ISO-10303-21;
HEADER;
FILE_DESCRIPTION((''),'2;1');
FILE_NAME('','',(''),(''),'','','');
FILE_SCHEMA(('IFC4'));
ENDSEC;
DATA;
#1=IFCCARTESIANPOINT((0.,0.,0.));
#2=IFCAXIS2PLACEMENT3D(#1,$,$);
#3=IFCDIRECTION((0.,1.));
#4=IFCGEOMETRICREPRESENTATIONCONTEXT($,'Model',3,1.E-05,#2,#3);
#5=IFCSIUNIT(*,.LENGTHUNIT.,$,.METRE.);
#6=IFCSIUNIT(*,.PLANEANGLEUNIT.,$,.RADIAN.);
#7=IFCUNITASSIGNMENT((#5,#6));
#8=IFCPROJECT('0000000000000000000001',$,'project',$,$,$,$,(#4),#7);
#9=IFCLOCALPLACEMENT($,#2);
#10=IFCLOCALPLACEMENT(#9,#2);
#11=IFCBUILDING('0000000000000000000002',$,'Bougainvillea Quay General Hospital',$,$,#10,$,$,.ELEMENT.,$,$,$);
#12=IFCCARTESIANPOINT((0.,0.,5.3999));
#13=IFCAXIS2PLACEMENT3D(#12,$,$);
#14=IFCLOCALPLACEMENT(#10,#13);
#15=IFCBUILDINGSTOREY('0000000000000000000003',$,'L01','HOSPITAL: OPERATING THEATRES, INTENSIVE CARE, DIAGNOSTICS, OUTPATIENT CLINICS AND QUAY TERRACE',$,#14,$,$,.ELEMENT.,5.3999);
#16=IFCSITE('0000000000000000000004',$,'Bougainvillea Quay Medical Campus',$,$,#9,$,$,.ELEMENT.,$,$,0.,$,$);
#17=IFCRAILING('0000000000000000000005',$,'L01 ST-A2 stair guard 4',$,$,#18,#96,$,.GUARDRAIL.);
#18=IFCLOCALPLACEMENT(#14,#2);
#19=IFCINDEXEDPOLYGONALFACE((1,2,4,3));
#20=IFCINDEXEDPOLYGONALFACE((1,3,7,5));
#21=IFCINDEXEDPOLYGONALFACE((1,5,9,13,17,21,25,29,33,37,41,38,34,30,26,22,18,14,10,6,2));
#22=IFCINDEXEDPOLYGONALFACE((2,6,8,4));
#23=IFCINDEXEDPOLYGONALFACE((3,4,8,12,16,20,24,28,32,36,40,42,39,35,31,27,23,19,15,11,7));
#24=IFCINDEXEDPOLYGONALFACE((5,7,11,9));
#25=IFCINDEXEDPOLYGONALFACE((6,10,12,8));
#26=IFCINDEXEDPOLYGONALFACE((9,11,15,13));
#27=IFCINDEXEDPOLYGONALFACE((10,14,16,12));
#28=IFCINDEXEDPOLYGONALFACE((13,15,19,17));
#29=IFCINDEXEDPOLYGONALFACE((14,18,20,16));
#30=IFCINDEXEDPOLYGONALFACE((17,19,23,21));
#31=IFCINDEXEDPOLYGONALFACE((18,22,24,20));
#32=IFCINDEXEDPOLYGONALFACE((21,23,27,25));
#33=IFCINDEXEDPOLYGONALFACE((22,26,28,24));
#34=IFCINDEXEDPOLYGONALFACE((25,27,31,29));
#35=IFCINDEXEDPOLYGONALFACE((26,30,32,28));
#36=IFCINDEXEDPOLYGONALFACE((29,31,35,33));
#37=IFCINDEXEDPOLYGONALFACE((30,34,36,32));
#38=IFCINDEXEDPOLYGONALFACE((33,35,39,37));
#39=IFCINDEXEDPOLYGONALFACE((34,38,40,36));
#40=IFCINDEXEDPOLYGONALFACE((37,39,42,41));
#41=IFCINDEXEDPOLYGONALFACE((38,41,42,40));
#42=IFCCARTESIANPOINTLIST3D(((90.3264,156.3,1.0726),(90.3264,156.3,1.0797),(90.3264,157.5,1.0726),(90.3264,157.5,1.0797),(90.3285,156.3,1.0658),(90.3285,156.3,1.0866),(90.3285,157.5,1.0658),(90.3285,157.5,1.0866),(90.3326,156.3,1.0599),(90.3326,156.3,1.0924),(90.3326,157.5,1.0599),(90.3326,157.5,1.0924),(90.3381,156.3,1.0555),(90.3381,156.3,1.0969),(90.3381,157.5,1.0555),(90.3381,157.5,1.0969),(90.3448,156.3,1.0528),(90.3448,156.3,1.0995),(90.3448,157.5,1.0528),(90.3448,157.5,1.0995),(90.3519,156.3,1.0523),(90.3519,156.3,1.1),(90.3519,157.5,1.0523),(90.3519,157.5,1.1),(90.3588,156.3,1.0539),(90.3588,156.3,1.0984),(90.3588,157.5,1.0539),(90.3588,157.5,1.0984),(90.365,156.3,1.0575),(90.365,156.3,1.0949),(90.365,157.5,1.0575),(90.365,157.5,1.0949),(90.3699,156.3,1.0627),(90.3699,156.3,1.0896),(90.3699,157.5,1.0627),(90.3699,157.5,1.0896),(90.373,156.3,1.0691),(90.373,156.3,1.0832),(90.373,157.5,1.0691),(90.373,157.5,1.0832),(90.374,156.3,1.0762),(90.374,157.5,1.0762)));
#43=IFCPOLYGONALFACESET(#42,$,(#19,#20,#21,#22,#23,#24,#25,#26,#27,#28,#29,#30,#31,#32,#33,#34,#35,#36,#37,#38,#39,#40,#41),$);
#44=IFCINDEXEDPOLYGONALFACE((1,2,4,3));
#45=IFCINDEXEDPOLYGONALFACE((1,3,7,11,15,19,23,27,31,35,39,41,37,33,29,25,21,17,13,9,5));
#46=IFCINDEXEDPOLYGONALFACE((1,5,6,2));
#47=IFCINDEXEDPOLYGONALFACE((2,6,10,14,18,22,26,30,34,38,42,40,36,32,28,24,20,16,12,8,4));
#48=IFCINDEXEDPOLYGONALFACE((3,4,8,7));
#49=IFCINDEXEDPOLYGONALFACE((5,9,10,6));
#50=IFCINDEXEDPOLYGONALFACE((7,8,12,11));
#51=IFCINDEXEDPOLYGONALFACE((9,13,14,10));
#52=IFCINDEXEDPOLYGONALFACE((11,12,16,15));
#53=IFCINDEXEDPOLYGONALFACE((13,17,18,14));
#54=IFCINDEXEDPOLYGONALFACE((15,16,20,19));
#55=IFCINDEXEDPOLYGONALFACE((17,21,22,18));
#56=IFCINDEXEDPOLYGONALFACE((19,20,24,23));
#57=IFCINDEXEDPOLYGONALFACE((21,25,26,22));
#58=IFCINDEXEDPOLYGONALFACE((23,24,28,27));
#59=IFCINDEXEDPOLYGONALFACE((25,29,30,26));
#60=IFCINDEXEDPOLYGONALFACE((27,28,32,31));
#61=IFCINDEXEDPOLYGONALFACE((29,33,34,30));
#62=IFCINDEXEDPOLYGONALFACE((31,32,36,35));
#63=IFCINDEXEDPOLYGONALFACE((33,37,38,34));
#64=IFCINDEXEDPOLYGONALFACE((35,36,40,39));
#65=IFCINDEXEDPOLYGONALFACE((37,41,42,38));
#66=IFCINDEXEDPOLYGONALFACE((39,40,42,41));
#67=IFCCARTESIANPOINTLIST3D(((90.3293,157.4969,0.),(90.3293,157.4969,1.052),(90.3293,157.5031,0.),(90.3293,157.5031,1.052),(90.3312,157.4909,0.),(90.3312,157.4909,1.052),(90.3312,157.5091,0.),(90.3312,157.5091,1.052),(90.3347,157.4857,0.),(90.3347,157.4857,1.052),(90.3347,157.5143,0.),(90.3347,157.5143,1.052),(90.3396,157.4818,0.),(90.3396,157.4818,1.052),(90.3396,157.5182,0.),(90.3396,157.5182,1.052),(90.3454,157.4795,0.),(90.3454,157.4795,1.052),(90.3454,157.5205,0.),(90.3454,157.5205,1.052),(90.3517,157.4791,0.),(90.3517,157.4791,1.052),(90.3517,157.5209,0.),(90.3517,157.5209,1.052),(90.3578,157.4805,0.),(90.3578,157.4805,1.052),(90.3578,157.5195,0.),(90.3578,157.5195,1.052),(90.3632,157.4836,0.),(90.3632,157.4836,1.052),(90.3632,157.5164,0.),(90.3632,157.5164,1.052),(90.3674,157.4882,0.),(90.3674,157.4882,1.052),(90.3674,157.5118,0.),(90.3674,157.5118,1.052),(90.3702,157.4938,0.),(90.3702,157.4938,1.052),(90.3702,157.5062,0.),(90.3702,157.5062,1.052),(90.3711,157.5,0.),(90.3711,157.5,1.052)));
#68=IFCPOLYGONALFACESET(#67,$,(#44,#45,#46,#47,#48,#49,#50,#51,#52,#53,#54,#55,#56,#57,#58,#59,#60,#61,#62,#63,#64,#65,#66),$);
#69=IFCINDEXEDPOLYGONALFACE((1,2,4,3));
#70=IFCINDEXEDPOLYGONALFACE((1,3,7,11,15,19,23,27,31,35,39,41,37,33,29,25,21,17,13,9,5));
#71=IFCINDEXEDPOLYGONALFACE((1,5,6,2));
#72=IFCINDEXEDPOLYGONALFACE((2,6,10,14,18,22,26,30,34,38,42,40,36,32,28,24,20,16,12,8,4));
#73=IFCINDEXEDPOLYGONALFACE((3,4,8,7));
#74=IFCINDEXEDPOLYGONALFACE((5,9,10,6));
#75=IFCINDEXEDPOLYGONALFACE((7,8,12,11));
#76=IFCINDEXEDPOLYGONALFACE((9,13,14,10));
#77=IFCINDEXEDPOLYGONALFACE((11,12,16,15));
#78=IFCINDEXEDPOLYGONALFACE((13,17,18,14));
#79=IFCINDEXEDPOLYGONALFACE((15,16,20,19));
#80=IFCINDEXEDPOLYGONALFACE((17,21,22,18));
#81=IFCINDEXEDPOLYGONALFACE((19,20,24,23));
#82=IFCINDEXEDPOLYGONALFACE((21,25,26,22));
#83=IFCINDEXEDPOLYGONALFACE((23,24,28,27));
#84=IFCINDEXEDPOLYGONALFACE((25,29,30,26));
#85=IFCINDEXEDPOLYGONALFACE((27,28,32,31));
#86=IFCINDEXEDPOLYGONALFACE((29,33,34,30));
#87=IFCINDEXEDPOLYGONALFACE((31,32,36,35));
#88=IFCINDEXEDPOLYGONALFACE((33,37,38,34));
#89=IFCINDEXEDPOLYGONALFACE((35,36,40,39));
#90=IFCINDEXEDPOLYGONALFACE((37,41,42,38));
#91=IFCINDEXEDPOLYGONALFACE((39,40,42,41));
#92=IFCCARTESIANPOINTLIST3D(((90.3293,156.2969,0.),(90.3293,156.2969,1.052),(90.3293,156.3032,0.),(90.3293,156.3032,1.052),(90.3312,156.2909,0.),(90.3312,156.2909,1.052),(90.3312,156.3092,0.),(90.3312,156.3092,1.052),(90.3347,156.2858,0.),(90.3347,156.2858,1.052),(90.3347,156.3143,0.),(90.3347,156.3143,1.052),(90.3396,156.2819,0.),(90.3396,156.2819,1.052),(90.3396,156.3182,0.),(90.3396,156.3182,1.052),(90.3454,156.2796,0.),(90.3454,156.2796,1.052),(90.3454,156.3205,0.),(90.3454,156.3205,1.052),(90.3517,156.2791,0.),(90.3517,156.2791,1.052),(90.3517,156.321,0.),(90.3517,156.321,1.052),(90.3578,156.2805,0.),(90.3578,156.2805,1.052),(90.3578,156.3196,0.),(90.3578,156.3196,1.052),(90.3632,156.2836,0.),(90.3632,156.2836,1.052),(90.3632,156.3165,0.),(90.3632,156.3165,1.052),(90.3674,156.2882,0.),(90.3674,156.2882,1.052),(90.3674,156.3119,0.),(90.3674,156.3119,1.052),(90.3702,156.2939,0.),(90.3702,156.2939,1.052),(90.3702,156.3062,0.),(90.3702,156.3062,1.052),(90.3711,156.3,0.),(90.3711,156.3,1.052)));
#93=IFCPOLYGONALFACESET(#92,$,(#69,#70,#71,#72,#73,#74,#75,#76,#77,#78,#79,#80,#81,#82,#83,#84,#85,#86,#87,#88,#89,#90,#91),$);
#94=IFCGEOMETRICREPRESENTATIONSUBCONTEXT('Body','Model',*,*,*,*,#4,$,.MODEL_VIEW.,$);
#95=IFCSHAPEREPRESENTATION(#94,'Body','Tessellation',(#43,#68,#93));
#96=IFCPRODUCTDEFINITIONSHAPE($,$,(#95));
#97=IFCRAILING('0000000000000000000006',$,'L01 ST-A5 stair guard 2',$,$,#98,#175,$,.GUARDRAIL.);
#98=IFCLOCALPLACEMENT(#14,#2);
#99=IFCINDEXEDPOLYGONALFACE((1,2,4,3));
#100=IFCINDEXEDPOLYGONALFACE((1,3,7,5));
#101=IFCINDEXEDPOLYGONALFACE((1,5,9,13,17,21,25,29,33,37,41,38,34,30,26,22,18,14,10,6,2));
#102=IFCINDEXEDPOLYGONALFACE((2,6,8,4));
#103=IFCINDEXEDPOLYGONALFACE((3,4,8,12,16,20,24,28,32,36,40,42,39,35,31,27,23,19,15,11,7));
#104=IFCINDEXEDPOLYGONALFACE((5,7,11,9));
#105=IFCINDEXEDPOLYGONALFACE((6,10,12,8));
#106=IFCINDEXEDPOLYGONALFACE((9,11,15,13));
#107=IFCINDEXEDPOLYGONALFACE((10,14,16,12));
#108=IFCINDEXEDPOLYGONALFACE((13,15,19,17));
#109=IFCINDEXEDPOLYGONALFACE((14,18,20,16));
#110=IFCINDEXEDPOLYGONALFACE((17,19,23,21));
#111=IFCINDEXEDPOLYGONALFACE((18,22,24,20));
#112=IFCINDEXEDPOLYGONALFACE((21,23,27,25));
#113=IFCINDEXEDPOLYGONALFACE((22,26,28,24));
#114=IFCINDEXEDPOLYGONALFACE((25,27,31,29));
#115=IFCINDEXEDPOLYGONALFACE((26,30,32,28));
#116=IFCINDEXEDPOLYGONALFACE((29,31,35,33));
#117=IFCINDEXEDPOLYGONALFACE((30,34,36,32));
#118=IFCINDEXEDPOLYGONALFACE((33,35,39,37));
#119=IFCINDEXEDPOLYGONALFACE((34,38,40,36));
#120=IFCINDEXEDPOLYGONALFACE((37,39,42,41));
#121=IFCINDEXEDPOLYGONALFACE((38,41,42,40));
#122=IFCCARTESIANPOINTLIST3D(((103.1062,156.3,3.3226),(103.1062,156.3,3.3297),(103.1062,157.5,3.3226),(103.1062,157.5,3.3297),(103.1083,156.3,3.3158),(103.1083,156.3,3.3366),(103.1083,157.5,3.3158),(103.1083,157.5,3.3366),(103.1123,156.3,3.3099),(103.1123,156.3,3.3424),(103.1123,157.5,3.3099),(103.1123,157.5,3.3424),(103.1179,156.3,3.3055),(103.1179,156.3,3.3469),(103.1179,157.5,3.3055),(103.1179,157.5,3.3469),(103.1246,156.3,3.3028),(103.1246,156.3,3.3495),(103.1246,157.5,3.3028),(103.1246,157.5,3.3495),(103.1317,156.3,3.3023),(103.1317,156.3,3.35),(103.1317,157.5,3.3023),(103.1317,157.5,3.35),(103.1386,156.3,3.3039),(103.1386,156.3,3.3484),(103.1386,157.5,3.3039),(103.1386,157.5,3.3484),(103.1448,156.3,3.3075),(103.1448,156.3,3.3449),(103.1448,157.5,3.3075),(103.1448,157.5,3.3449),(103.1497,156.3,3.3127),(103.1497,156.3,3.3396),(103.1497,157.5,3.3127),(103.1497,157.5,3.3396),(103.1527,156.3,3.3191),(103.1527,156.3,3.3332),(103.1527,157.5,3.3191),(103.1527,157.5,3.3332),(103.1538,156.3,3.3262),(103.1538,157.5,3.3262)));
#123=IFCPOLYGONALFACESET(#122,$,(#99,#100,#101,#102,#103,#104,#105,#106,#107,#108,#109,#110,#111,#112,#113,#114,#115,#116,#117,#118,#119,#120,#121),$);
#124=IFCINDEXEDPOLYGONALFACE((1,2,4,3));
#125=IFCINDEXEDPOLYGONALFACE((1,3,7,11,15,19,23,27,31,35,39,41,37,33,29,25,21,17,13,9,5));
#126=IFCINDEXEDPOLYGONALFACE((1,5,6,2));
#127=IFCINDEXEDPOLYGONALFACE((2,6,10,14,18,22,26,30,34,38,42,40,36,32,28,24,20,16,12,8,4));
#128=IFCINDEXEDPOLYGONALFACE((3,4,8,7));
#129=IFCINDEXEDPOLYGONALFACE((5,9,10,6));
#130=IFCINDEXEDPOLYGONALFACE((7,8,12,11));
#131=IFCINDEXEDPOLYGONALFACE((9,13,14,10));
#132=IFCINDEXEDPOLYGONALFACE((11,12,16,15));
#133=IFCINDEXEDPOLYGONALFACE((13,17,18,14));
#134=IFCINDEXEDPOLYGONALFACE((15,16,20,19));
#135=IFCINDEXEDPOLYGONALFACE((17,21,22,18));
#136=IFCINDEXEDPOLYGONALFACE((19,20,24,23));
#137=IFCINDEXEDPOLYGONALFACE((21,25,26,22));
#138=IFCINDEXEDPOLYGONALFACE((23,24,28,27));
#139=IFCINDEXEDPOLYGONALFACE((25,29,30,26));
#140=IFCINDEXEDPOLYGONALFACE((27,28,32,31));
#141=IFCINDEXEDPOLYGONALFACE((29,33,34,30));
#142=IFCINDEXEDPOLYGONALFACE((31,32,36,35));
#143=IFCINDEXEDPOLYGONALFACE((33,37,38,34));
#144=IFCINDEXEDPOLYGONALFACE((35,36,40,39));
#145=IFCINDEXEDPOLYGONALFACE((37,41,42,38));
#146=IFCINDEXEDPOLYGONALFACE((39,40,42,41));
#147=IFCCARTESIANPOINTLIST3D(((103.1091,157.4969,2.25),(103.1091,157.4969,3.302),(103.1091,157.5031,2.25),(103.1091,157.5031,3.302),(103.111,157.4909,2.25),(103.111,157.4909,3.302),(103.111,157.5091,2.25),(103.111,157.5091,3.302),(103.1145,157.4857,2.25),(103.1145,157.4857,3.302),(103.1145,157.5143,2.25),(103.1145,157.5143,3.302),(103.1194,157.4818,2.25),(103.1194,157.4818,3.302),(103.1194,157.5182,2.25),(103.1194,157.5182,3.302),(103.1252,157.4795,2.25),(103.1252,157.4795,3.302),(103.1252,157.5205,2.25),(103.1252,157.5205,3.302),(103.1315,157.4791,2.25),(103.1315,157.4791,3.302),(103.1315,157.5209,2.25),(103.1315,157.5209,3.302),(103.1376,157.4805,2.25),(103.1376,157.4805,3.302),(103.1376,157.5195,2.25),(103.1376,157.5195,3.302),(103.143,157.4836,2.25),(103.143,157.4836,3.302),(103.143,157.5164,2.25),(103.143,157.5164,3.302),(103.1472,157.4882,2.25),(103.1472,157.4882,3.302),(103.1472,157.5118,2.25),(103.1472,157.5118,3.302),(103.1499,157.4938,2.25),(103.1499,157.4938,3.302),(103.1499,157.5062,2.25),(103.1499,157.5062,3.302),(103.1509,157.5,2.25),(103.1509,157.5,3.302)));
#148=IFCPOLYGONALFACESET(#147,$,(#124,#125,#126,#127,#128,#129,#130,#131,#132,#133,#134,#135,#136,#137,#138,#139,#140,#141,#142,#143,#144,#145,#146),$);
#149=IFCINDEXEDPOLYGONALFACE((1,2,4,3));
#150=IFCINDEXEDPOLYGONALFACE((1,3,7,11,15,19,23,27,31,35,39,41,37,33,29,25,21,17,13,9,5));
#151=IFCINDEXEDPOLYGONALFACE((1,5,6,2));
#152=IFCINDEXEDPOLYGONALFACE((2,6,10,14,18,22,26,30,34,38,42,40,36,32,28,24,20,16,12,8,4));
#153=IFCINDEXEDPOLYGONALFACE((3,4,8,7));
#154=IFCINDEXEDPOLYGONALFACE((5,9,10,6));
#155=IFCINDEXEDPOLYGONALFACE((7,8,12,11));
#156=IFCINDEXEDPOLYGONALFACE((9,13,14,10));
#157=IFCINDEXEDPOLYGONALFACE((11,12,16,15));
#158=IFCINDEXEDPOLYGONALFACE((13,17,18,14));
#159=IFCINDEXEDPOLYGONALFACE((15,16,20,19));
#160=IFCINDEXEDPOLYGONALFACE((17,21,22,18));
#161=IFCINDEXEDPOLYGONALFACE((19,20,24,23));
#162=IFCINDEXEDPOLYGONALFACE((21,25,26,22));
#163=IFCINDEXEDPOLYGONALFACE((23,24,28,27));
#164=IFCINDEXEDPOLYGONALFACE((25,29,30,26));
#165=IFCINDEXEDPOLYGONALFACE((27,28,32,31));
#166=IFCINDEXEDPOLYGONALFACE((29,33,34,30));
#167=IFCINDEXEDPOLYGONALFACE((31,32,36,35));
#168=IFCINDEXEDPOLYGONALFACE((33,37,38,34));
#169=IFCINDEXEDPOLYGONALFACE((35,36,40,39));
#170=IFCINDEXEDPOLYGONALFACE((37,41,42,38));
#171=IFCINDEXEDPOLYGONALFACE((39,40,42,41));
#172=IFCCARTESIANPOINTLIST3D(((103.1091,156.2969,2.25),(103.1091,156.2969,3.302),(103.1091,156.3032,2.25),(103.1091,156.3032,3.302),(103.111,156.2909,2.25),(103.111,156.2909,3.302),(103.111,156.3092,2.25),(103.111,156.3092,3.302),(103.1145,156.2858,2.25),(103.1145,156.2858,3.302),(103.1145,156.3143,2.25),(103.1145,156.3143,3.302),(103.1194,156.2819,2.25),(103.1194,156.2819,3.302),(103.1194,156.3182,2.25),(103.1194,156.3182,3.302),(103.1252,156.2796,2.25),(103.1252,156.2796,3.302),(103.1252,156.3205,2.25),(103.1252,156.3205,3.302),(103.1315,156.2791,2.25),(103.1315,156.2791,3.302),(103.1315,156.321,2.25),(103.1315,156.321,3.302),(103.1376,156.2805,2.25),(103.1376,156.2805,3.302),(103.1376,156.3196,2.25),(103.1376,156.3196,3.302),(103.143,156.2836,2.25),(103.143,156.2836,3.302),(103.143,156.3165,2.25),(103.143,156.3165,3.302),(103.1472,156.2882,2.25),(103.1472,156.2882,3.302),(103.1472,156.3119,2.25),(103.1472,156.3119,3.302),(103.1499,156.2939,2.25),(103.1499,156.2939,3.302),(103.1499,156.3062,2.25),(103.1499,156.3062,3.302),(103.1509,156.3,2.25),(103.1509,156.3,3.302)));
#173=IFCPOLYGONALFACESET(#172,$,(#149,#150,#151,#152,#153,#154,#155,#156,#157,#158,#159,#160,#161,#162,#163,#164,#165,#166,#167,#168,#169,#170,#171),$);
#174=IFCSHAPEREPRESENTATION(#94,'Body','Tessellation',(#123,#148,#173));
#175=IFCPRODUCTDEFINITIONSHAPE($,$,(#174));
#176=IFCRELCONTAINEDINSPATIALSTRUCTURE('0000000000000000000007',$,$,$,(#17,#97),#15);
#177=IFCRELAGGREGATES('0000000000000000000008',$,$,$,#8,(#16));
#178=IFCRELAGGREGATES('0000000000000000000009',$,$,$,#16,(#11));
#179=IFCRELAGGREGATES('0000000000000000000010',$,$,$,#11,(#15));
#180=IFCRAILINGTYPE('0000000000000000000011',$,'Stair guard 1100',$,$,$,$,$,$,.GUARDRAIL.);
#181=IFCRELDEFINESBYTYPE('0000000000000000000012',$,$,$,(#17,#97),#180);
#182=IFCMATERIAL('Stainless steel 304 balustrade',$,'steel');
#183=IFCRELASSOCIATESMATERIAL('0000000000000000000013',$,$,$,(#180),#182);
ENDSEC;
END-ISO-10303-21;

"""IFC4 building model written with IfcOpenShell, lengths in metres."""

from ifc_helpers import new_model, si_unit, direction, frame, origin, origin_2d, place, context, subcontext, project, spatial, circle, extrude, material, type_object, element, save


model = new_model("IFC4")

# Units and contexts
model_context = context("Model", 3, precision=1e-05, world=origin(), true_north=direction((0.0, 1.0)))
body_context = subcontext(model_context, "Body", "Model", "MODEL_VIEW")
ifc_project = project(units=[si_unit("LENGTHUNIT", "METRE"), si_unit("PLANEANGLEUNIT", "RADIAN")], contexts=[model_context])

# Site, building, storey
site_placement = place(None, origin())
site = spatial("IfcSite", under=ifc_project, at=site_placement, Name="Bougainvillea Quay Medical Campus", CompositionType="ELEMENT", RefElevation=0.0)
building_placement = place(site_placement, origin())
building = spatial("IfcBuilding", under=site, at=building_placement, Name="Bougainvillea Quay General Hospital", CompositionType="ELEMENT")
storey_placement = place(building_placement, frame((0.0, 0.0, 5.3999)))
storey = spatial("IfcBuildingStorey", under=building, at=storey_placement, Name="L01", Description="HOSPITAL: OPERATING THEATRES, INTENSIVE CARE, DIAGNOSTICS, OUTPATIENT CLINICS AND QUAY TERRACE", CompositionType="ELEMENT", Elevation=5.3999)

# Railings
ifc_material_1 = material(Name="Stainless steel 304 balustrade", Category="steel")
railing_type_1 = type_object("IfcRailingType", Name="Stair guard 1100", PredefinedType="GUARDRAIL", material=ifc_material_1)
for number, where, name in (
    (1, (90.3501, 157.5, 0.0), "L01 ST-A2 stair guard 4"),
    (2, (103.1299, 157.5, 2.25), "L01 ST-A5 stair guard 2"),
):
    element("IfcRailing", number, at=place(storey_placement, frame(where)), inside=storey, type_object=railing_type_1, Name=name, PredefinedType="GUARDRAIL", context=body_context, shape_type="SweptSolid", body=[
        extrude(circle(Radius=0.0239, at=origin_2d()), frame((0.0, 0.0, 1.0762), z_axis=(0.0, -1.0, 0.0), x_axis=(1.0, 0.0, 0.0)), (0.0, 0.0, 1.0), 1.2),
        extrude(circle(Radius=0.021, at=origin_2d()), origin(), (0.0, 0.0, 1.0), 1.052),
        extrude(circle(Radius=0.021, at=origin_2d()), frame((0.0, -1.2, 0.0)), (0.0, 0.0, 1.0), 1.052),
    ])

save(model, "model.ifc")
